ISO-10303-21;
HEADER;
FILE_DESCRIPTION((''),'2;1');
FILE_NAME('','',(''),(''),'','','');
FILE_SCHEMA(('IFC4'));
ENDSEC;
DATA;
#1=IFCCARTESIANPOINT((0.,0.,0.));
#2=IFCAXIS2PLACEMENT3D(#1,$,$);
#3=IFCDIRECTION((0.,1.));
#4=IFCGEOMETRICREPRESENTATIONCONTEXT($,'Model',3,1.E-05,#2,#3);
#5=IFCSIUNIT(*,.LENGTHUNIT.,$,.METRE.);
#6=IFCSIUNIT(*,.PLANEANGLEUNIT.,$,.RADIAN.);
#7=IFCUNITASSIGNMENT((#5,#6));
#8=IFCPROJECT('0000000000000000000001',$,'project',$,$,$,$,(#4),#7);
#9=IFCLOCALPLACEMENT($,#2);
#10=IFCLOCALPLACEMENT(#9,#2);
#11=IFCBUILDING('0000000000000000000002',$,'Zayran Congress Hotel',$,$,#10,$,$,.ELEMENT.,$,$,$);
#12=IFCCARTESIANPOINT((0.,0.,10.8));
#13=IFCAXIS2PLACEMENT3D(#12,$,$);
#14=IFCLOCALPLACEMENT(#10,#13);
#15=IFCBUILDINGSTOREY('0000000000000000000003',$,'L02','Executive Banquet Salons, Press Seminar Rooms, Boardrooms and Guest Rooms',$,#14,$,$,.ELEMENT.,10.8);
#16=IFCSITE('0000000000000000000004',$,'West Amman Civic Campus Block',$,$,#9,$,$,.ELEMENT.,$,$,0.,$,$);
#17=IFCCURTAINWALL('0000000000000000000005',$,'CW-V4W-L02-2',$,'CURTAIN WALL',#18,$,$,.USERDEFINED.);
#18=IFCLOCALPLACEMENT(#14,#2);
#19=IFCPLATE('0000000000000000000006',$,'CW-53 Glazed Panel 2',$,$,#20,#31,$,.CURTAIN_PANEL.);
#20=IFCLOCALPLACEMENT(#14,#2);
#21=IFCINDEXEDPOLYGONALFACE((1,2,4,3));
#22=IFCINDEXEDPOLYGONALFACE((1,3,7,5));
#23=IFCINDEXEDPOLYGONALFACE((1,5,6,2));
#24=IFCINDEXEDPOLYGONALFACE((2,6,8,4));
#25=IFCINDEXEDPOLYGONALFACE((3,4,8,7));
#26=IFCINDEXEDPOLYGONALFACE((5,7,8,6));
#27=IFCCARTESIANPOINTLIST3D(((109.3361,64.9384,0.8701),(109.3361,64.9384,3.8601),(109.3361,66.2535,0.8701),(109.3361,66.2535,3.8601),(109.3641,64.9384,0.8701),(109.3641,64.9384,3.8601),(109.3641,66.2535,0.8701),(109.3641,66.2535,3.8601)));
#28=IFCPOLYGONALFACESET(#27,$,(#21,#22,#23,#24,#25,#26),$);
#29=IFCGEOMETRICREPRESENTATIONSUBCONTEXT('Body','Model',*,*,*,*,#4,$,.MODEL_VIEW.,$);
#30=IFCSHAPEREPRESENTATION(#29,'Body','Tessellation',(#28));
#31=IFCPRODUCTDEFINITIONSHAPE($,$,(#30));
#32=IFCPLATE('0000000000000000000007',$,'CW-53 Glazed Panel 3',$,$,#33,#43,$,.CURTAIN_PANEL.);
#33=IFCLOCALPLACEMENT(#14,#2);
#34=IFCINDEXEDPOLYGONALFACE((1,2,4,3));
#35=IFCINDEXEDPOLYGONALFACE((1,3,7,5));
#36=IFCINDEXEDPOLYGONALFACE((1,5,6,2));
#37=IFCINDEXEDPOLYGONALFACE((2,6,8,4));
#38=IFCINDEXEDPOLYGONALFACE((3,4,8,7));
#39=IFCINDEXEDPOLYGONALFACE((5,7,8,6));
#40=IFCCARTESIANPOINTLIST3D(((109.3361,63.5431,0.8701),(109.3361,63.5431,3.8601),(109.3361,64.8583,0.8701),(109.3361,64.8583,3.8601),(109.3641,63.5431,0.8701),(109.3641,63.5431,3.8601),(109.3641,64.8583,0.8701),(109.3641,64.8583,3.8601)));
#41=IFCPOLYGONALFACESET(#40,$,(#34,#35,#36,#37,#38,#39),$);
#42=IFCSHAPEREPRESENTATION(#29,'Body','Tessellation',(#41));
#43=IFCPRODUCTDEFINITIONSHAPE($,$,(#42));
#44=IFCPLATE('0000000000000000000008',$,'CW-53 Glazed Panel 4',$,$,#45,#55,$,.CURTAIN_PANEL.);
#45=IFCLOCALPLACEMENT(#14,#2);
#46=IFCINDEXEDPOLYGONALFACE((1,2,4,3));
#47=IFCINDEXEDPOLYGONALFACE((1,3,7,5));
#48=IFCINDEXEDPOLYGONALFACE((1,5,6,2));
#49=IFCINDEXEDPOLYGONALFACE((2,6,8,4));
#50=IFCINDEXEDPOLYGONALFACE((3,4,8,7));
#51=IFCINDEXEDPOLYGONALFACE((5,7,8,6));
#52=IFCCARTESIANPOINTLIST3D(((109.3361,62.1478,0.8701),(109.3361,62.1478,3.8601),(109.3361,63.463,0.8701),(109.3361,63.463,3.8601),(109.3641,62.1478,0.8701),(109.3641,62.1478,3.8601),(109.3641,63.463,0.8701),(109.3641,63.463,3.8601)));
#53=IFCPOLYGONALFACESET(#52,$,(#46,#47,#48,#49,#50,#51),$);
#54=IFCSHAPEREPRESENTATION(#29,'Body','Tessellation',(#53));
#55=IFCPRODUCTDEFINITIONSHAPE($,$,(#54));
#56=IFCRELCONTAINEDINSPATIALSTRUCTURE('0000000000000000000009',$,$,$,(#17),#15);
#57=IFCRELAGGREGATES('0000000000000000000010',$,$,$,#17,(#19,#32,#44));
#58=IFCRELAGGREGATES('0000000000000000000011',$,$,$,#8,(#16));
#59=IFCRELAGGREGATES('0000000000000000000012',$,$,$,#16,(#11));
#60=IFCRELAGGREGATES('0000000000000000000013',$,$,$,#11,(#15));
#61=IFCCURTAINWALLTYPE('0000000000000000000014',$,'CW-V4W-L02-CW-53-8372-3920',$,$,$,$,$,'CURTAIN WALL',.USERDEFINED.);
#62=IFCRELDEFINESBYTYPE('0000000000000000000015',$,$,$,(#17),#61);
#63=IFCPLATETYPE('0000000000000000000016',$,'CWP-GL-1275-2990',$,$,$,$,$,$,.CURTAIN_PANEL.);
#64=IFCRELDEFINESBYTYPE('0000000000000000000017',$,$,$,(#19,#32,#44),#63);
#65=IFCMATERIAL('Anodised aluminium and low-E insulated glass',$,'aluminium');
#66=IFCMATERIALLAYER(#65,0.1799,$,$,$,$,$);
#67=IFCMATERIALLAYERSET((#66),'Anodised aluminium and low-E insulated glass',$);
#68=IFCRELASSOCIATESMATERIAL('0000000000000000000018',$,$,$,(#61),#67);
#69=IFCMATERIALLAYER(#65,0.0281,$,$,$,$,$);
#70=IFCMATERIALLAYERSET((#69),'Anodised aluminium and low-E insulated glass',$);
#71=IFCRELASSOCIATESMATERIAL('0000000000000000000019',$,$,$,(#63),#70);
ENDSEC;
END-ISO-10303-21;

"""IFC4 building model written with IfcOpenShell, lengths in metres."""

from ifc_helpers import new_model, si_unit, direction, frame, origin, origin_2d, place, context, subcontext, project, spatial, rectangle, extrude, material, layer, layer_set, type_object, element, aggregate, save


model = new_model("IFC4")

# Units and contexts
model_context = context("Model", 3, precision=1e-05, world=origin(), true_north=direction((0.0, 1.0)))
body_context = subcontext(model_context, "Body", "Model", "MODEL_VIEW")
ifc_project = project(units=[si_unit("LENGTHUNIT", "METRE"), si_unit("PLANEANGLEUNIT", "RADIAN")], contexts=[model_context])

# Site, building, storey
site_placement = place(None, origin())
site = spatial("IfcSite", under=ifc_project, at=site_placement, Name="West Amman Civic Campus Block", CompositionType="ELEMENT", RefElevation=0.0)
building_placement = place(site_placement, origin())
building = spatial("IfcBuilding", under=site, at=building_placement, Name="Zayran Congress Hotel", CompositionType="ELEMENT")
storey_placement = place(building_placement, frame((0.0, 0.0, 10.8)))
storey = spatial("IfcBuildingStorey", under=building, at=storey_placement, Name="L02", Description="Executive Banquet Salons, Press Seminar Rooms, Boardrooms and Guest Rooms", CompositionType="ELEMENT", Elevation=10.8)

# Curtain wall, plates
ifc_material_1 = material(Name="Anodised aluminium and low-E insulated glass", Category="aluminium")
ifc_layer_1 = layer(ifc_material_1, 0.1799)
ifc_layer_set_1 = layer_set([ifc_layer_1], Name="Anodised aluminium and low-E insulated glass")
curtain_wall_type = type_object("IfcCurtainWallType", Name="CW-V4W-L02-CW-53-8372-3920", ElementType="CURTAIN WALL", PredefinedType="USERDEFINED", material=ifc_layer_set_1)
curtain_wall_placement = place(storey_placement, origin())
curtain_wall = element("IfcCurtainWall", 1, at=curtain_wall_placement, inside=storey, type_object=curtain_wall_type, Name="CW-V4W-L02-2", ObjectType="CURTAIN WALL", PredefinedType="USERDEFINED")
ifc_layer_2 = layer(ifc_material_1, 0.0281)
ifc_layer_set_2 = layer_set([ifc_layer_2], Name="Anodised aluminium and low-E insulated glass")
plate_type_1 = type_object("IfcPlateType", Name="CWP-GL-1275-2990", PredefinedType="CURTAIN_PANEL", material=ifc_layer_set_2)
plate_1_placement = place(storey_placement, frame((109.3501, 65.5959, 0.8701), z_axis=(0.0, 0.0, 1.0), x_axis=(0.0, 1.0, 0.0)))
plate_1 = element("IfcPlate", 2, at=plate_1_placement, type_object=plate_type_1, Name="CW-53 Glazed Panel 2", PredefinedType="CURTAIN_PANEL", context=body_context, shape_type="SweptSolid", body=[
    extrude(rectangle(XDim=1.3152, YDim=0.0281, at=origin_2d()), origin(), (0.0, 0.0, 1.0), 2.99),
])
plate_2_placement = place(storey_placement, frame((109.3501, 64.2007, 0.8701), z_axis=(0.0, 0.0, 1.0), x_axis=(0.0, 1.0, 0.0)))
plate_2 = element("IfcPlate", 3, at=plate_2_placement, type_object=plate_type_1, Name="CW-53 Glazed Panel 3", PredefinedType="CURTAIN_PANEL", context=body_context, shape_type="SweptSolid", body=[
    extrude(rectangle(XDim=1.3152, YDim=0.0281, at=origin_2d()), origin(), (0.0, 0.0, 1.0), 2.99),
])
plate_3_placement = place(storey_placement, frame((109.3501, 62.8054, 0.8701), z_axis=(0.0, 0.0, 1.0), x_axis=(0.0, 1.0, 0.0)))
plate_3 = element("IfcPlate", 4, at=plate_3_placement, type_object=plate_type_1, Name="CW-53 Glazed Panel 4", PredefinedType="CURTAIN_PANEL", context=body_context, shape_type="SweptSolid", body=[
    extrude(rectangle(XDim=1.3152, YDim=0.0281, at=origin_2d()), origin(), (0.0, 0.0, 1.0), 2.99),
])
aggregate(curtain_wall, [plate_1, plate_2, plate_3])

save(model, "model.ifc")
